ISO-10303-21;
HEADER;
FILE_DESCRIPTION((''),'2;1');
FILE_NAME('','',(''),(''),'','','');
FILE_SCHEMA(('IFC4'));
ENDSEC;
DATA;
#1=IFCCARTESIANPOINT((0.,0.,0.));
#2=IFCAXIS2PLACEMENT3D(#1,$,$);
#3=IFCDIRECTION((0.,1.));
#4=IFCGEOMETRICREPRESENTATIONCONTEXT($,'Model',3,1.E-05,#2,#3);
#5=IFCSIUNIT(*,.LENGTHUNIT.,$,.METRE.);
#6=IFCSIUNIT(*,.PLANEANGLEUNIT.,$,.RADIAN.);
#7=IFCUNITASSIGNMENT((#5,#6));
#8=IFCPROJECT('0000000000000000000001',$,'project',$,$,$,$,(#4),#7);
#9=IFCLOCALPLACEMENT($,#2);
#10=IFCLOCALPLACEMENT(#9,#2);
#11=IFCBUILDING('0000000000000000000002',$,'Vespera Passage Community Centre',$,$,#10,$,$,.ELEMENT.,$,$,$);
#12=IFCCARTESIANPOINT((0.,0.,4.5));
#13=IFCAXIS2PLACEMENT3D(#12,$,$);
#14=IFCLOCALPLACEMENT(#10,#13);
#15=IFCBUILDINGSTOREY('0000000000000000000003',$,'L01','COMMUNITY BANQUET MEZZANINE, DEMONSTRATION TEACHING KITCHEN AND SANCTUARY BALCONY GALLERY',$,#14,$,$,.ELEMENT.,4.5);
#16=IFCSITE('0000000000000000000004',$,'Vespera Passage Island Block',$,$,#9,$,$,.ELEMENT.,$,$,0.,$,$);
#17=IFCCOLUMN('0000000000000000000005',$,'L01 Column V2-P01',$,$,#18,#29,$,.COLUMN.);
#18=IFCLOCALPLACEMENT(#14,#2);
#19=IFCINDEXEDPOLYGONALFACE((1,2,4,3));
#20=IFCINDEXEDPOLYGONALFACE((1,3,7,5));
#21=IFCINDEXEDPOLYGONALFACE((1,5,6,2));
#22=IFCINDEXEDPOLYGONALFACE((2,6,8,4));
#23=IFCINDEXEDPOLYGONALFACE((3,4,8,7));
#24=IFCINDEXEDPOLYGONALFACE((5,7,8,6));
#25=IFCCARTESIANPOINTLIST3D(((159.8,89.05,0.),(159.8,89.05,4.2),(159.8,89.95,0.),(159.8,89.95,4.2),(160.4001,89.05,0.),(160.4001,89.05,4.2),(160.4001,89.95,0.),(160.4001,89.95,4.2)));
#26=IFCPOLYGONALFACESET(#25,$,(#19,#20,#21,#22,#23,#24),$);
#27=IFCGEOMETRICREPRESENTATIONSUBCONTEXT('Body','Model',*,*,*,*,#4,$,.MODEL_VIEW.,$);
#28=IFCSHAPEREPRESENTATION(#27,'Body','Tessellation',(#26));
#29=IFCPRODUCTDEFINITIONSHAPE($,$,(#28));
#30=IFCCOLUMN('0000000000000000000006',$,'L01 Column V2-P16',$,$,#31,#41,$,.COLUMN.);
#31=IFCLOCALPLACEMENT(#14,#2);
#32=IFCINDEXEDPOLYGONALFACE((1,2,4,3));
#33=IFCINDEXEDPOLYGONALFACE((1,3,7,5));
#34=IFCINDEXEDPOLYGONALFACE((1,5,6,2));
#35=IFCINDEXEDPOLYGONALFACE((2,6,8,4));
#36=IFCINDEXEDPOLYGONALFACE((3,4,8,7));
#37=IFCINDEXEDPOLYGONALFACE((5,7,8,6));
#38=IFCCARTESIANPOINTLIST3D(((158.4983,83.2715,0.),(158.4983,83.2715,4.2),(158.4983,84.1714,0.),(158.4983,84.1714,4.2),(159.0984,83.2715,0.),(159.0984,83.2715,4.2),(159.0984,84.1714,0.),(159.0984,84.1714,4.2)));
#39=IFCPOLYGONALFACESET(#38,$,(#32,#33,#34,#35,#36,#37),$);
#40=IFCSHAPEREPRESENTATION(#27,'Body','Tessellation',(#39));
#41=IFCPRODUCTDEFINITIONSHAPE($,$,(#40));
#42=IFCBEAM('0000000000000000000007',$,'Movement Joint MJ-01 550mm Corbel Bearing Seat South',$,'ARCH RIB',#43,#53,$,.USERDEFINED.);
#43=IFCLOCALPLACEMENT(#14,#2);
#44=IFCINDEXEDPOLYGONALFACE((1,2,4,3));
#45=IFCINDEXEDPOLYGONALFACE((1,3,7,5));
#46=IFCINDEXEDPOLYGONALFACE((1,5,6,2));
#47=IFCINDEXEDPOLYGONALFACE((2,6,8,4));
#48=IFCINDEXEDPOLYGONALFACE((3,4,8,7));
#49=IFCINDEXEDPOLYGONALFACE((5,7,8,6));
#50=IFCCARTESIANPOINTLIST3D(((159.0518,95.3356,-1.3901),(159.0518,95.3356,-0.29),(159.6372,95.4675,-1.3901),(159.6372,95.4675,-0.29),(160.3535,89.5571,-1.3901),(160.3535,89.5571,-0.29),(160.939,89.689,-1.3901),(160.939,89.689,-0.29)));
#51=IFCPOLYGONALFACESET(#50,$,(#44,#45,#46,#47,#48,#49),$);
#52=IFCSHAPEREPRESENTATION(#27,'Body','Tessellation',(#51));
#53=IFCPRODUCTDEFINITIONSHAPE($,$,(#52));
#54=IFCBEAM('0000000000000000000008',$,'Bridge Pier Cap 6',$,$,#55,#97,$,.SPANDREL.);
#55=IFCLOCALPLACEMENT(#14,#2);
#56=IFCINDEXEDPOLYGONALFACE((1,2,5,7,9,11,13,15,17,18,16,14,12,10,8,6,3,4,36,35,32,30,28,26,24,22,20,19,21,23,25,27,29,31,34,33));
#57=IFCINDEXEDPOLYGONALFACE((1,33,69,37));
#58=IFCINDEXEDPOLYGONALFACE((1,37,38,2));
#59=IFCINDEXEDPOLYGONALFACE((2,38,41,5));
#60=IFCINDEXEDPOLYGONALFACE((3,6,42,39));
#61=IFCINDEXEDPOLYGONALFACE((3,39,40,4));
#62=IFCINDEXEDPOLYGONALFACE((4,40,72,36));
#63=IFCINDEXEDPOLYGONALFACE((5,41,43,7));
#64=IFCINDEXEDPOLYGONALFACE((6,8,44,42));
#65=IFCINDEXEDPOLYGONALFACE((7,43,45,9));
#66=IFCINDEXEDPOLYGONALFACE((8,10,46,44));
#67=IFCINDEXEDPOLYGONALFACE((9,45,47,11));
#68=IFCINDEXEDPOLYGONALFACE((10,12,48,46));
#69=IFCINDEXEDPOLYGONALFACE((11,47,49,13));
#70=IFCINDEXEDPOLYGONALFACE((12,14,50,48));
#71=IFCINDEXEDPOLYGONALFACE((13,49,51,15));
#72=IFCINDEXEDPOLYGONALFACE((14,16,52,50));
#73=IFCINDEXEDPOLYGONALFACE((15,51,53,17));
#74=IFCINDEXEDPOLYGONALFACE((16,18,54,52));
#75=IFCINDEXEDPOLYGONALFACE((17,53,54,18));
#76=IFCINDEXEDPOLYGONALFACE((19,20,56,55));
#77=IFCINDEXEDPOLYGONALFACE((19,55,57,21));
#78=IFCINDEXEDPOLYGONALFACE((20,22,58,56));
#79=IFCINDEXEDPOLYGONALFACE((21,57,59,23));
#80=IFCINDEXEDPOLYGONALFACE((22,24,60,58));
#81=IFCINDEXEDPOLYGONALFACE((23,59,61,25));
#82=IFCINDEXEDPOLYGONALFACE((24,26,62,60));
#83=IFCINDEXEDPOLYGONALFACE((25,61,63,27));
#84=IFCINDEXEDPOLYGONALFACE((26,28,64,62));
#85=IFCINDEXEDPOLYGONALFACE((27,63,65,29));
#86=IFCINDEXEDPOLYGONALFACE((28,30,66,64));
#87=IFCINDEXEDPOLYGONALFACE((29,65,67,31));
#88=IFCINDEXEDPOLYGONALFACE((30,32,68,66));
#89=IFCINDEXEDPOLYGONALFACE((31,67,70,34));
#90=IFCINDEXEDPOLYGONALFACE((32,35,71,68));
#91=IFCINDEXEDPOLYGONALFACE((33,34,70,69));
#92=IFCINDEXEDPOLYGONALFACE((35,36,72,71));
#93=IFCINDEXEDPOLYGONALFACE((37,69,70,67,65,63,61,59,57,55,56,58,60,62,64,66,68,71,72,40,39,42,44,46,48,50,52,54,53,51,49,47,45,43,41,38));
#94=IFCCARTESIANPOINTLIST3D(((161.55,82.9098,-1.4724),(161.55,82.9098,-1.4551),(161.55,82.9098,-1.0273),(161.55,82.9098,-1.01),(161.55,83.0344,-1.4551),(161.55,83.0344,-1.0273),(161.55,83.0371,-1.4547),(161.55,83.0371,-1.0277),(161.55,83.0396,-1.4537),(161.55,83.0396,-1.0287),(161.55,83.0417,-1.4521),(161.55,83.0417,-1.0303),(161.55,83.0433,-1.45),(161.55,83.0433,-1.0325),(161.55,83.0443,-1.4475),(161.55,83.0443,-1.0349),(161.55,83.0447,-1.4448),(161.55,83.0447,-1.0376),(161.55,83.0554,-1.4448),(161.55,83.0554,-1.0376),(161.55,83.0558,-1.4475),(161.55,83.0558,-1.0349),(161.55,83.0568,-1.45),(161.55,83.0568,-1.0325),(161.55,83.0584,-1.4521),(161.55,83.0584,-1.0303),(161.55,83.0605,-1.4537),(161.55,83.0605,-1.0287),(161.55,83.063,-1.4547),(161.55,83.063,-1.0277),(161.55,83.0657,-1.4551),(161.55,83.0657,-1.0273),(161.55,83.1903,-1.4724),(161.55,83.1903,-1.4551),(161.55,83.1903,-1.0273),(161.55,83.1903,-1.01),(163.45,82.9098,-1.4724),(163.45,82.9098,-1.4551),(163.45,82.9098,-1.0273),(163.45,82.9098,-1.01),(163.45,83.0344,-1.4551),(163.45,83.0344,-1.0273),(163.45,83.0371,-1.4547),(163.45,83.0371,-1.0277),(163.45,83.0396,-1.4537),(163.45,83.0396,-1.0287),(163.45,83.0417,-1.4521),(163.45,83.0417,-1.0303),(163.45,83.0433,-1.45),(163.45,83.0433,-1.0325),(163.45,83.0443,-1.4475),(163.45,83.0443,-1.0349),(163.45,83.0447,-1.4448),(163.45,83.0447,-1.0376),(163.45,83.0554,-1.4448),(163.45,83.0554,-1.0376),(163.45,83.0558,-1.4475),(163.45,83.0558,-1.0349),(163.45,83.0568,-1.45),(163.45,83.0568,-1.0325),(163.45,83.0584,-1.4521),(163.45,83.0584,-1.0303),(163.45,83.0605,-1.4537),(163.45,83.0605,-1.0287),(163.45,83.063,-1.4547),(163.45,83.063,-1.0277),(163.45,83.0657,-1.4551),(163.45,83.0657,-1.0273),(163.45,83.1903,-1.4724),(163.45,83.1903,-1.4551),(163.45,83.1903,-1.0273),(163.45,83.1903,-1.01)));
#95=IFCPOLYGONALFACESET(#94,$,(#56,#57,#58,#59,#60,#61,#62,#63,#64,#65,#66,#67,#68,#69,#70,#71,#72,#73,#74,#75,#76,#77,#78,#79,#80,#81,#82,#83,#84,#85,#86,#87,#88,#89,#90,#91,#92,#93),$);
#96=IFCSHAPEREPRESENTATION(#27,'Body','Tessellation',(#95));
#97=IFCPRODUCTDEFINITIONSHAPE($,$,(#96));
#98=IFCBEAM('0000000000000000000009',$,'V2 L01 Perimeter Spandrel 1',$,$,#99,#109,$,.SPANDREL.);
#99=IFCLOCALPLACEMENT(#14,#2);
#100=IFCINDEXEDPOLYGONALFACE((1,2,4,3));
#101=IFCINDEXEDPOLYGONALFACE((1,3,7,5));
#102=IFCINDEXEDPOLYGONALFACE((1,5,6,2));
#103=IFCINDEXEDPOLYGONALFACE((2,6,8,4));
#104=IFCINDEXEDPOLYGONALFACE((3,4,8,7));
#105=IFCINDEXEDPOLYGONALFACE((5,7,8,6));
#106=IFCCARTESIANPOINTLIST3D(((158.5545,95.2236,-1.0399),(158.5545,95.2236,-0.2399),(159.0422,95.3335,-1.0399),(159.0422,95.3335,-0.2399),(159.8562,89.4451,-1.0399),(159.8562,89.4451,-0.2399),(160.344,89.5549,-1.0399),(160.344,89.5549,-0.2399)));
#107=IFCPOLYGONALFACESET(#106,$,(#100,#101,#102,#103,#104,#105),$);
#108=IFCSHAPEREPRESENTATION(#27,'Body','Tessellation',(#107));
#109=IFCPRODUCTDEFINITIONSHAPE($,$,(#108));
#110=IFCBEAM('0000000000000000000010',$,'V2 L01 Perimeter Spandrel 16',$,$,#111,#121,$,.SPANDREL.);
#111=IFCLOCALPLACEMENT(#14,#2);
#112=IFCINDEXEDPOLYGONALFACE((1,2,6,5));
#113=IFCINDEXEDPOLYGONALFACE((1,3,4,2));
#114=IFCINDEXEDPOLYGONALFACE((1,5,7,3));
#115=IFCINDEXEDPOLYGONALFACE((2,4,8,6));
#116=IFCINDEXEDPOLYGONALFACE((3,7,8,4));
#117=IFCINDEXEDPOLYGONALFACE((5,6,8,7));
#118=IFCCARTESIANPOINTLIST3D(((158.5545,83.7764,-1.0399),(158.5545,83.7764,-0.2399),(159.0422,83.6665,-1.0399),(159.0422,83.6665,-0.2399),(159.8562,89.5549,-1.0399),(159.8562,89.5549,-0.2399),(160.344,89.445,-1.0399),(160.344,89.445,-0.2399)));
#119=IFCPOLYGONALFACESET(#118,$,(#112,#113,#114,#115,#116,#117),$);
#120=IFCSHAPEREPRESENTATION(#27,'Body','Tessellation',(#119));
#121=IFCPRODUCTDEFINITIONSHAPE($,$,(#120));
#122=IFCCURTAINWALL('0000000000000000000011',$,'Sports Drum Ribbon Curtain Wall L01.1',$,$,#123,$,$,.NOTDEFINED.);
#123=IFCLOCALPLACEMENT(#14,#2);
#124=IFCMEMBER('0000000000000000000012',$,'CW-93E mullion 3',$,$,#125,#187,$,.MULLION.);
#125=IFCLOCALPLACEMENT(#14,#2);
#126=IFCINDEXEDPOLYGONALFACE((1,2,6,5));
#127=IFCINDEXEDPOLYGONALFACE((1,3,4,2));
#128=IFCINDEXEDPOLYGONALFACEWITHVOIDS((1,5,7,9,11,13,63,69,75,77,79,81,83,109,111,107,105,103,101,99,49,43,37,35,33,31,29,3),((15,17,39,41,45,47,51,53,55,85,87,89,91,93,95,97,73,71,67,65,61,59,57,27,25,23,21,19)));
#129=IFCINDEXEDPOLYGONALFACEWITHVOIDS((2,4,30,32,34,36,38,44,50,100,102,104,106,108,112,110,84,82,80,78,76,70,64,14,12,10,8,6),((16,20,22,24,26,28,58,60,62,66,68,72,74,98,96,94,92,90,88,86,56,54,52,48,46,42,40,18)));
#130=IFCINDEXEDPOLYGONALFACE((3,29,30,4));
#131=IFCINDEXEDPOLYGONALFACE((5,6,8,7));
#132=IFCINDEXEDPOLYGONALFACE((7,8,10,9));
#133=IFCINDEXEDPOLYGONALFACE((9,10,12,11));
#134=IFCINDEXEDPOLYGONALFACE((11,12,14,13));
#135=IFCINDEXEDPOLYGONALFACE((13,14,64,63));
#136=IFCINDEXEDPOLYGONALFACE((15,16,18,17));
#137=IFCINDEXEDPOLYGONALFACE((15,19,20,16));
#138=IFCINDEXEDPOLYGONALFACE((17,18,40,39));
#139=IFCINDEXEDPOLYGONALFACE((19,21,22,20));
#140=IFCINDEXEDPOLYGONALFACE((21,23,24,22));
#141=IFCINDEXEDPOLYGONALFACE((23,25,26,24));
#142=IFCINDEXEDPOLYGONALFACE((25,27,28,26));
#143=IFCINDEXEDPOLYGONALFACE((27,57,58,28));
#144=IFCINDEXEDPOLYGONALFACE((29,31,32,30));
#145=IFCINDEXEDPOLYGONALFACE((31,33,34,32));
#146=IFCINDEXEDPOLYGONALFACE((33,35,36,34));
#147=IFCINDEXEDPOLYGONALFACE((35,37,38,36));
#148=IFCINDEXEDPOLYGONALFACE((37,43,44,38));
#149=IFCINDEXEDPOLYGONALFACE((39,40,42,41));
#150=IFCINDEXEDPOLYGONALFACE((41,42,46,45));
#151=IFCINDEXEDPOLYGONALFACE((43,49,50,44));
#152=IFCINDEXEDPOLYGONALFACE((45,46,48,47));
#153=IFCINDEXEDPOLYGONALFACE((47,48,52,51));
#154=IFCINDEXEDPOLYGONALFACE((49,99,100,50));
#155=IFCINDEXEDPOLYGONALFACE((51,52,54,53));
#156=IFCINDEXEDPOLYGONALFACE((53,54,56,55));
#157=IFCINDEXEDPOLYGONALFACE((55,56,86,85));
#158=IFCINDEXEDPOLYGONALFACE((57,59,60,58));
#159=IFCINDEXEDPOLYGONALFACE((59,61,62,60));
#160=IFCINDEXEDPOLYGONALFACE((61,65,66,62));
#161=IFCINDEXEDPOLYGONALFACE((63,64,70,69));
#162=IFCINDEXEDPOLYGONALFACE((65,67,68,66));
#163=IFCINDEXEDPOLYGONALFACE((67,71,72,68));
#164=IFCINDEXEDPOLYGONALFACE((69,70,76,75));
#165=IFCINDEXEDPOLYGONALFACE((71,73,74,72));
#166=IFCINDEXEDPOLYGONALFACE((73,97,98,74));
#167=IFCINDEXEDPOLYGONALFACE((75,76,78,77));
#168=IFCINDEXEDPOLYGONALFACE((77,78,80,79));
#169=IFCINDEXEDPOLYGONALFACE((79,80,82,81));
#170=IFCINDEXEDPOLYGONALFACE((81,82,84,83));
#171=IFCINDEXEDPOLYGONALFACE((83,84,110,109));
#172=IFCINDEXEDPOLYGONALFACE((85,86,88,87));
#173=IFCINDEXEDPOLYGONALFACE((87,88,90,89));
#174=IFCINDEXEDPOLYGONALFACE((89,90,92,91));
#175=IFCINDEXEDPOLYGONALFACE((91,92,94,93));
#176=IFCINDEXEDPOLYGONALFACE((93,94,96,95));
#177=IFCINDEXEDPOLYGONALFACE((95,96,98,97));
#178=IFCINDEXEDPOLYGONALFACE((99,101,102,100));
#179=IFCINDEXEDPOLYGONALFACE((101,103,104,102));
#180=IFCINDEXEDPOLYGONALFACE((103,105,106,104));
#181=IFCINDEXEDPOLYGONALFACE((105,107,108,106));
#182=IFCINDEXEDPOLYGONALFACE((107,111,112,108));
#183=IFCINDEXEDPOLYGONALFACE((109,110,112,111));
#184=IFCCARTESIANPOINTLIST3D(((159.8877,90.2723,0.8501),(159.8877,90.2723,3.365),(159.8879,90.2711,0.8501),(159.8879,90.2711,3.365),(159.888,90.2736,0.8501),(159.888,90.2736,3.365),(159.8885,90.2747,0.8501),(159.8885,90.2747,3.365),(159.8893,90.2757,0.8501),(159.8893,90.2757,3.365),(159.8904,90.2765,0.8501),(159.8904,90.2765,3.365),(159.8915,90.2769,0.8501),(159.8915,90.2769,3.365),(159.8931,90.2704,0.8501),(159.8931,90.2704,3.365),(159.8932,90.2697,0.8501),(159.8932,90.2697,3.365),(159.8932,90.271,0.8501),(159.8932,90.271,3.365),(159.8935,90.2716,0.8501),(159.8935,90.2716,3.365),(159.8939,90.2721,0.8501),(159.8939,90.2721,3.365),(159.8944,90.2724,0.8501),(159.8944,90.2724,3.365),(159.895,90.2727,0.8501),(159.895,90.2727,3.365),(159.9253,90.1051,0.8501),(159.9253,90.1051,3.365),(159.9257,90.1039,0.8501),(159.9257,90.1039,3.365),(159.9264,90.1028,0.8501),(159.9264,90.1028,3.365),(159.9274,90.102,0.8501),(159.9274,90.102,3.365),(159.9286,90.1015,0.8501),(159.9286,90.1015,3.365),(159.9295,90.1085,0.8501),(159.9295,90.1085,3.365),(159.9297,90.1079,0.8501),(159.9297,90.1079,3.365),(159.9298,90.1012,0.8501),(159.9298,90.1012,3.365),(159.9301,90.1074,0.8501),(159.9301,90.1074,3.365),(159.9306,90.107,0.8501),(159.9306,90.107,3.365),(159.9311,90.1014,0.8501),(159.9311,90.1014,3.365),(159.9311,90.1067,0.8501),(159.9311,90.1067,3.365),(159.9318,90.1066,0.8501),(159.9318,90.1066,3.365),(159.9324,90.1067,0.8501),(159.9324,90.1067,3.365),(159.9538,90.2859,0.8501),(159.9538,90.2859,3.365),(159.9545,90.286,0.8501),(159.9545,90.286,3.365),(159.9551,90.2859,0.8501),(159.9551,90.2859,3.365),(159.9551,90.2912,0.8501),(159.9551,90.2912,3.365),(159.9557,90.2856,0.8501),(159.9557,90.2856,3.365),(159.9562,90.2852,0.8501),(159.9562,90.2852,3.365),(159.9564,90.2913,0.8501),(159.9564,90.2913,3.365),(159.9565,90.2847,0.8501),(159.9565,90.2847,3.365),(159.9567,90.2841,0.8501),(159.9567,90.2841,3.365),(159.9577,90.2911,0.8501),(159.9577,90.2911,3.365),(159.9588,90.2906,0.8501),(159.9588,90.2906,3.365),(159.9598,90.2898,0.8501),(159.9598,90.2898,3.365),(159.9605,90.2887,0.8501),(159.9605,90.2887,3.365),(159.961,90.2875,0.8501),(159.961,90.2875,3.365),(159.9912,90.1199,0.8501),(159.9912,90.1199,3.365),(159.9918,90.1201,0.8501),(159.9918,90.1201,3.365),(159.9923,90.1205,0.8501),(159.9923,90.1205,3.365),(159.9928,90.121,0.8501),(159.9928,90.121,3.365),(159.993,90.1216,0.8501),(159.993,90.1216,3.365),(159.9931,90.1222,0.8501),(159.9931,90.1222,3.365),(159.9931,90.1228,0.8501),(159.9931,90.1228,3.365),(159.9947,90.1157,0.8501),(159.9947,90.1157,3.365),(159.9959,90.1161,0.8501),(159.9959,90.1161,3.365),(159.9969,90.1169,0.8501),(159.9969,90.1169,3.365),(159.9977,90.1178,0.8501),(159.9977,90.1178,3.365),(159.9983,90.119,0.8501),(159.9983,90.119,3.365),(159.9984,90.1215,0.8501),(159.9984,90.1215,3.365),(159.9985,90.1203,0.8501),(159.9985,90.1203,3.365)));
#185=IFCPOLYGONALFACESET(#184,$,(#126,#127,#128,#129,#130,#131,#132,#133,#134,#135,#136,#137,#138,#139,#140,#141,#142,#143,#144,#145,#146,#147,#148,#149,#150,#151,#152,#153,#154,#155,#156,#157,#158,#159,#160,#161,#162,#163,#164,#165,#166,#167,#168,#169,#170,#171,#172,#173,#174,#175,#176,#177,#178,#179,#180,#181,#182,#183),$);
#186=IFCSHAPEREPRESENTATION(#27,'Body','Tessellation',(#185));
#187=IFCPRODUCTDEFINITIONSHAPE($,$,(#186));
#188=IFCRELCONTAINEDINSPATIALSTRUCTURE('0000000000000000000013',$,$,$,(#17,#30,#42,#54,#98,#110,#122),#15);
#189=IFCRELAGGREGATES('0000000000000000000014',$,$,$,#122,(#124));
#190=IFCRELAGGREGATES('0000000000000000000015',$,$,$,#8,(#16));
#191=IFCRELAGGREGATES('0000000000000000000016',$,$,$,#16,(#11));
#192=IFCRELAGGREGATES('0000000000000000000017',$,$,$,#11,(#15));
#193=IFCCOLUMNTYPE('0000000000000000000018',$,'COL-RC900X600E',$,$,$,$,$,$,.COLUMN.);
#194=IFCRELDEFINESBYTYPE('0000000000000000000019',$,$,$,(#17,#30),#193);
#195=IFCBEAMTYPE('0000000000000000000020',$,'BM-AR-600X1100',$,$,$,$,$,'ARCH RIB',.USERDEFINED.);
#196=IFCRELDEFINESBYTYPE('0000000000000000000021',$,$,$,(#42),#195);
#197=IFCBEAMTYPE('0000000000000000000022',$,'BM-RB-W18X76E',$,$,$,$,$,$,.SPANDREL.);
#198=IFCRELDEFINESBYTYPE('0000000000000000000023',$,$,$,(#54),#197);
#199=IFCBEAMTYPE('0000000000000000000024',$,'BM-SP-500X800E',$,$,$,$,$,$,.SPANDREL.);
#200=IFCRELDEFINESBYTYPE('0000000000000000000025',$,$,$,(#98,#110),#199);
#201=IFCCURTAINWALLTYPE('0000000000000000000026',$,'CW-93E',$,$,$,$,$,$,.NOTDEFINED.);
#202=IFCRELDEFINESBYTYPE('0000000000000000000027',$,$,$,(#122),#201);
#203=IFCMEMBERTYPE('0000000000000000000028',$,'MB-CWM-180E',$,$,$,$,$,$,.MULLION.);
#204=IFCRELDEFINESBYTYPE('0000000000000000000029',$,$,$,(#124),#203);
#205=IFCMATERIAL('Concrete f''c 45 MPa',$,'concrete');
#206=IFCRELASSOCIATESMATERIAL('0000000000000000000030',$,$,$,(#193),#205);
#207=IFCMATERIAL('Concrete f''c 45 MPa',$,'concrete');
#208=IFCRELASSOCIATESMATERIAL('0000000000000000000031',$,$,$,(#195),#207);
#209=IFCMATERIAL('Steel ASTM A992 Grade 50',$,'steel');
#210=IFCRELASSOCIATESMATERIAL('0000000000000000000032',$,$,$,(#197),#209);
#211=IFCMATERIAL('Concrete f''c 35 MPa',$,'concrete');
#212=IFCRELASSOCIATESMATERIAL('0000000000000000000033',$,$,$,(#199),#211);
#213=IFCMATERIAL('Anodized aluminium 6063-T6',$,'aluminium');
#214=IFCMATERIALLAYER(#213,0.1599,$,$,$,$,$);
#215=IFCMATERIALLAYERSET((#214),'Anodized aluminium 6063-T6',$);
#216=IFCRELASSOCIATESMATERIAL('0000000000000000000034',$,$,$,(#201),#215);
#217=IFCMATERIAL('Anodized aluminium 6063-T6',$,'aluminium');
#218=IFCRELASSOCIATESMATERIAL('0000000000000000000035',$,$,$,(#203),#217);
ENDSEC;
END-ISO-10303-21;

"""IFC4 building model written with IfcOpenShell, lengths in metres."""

from ifc_helpers import new_model, si_unit, direction, frame, origin, origin_2d, place, context, subcontext, project, spatial, rectangle, hollow_rectangle, i_section, extrude, material, layer, layer_set, material_profile, profile_set, type_object, element, aggregate, save


model = new_model("IFC4")

# Units and contexts
model_context = context("Model", 3, precision=1e-05, world=origin(), true_north=direction((0.0, 1.0)))
body_context = subcontext(model_context, "Body", "Model", "MODEL_VIEW")
ifc_project = project(units=[si_unit("LENGTHUNIT", "METRE"), si_unit("PLANEANGLEUNIT", "RADIAN")], contexts=[model_context])

# Site, building, storey
site_placement = place(None, origin())
site = spatial("IfcSite", under=ifc_project, at=site_placement, Name="Vespera Passage Island Block", CompositionType="ELEMENT", RefElevation=0.0)
building_placement = place(site_placement, origin())
building = spatial("IfcBuilding", under=site, at=building_placement, Name="Vespera Passage Community Centre", CompositionType="ELEMENT")
storey_placement = place(building_placement, frame((0.0, 0.0, 4.5)))
storey = spatial("IfcBuildingStorey", under=building, at=storey_placement, Name="L01", Description="COMMUNITY BANQUET MEZZANINE, DEMONSTRATION TEACHING KITCHEN AND SANCTUARY BALCONY GALLERY", CompositionType="ELEMENT", Elevation=4.5)

# Columns
ifc_material_1 = material(Name="Concrete f'c 45 MPa", Category="concrete")
ifc_material_profile_1 = material_profile(ifc_material_1, rectangle(XDim=0.6001, YDim=0.8999, at=origin_2d()), Name="RC900X600")
ifc_profile_set_1 = profile_set([ifc_material_profile_1], Name="Concrete f'c 45 MPa")
column_type = type_object("IfcColumnType", Name="COL-RC900X600E", PredefinedType="COLUMN", material=ifc_profile_set_1)
for number, where, z_axis, x_axis, name in (
    (1, (160.1001, 89.5, 0.0), (0.0, 0.0, 1.0), (1.0, 0.0, 0.0), "L01 Column V2-P01"),
    (2, (158.7983, 83.7214, 0.0), (0.0, 0.0, 1.0), (1.0, 0.0, 0.0), "L01 Column V2-P16"),
):
    element("IfcColumn", number, at=place(storey_placement, frame(where, z_axis=z_axis, x_axis=x_axis)), inside=storey, type_object=column_type, Name=name, PredefinedType="COLUMN", context=body_context, shape_type="SweptSolid", body=[
        extrude(rectangle(XDim=0.6001, YDim=0.8999, at=origin_2d()), origin(), (0.0, 0.0, 1.0), 4.2),
    ])

# Beams
ifc_material_2 = material(Name="Concrete f'c 45 MPa", Category="concrete")
ifc_material_profile_2 = material_profile(ifc_material_2, rectangle(XDim=0.6001, YDim=1.1001, at=origin_2d()), Name="RC600X1100")
ifc_profile_set_2 = profile_set([ifc_material_profile_2], Name="Concrete f'c 45 MPa")
beam_type_1 = type_object("IfcBeamType", Name="BM-AR-600X1100", ElementType="ARCH RIB", PredefinedType="USERDEFINED", material=ifc_profile_set_2)
beam_1_placement = place(storey_placement, frame((160.6462, 89.623, -0.8401), z_axis=(-0.219766, 0.975553, 0.0), x_axis=(-0.975553, -0.219766, 0.0)))
element("IfcBeam", 3, at=beam_1_placement, inside=storey, type_object=beam_type_1, Name="Movement Joint MJ-01 550mm Corbel Bearing Seat South", ObjectType="ARCH RIB", PredefinedType="USERDEFINED", context=body_context, shape_type="SweptSolid", body=[
    extrude(rectangle(XDim=0.6001, YDim=1.1001, at=origin_2d()), origin(), (0.0, 0.0, 1.0), 5.9233),
])
ifc_material_3 = material(Name="Steel ASTM A992 Grade 50", Category="steel")
ifc_material_profile_3 = material_profile(ifc_material_3, i_section(OverallWidth=0.2805, OverallDepth=0.4624, WebThickness=0.0107, FlangeThickness=0.0173, FilletRadius=0.0103, at=origin_2d()), Name="W18X76")
ifc_profile_set_3 = profile_set([ifc_material_profile_3], Name="Steel ASTM A992 Grade 50")
beam_type_2 = type_object("IfcBeamType", Name="BM-RB-W18X76E", PredefinedType="SPANDREL", material=ifc_profile_set_3)
beam_2_placement = place(storey_placement, frame((161.55, 83.05, -1.2412), z_axis=(1.0, 0.0, 0.0), x_axis=(0.0, 1.0, 0.0)))
element("IfcBeam", 4, at=beam_2_placement, inside=storey, type_object=beam_type_2, Name="Bridge Pier Cap 6", PredefinedType="SPANDREL", context=body_context, shape_type="SweptSolid", body=[
    extrude(i_section(OverallWidth=0.2805, OverallDepth=0.4624, WebThickness=0.0107, FlangeThickness=0.0173, FilletRadius=0.0103, at=origin_2d()), origin(), (0.0, 0.0, 1.0), 1.8999),
])
ifc_material_4 = material(Name="Concrete f'c 35 MPa", Category="concrete")
ifc_material_profile_4 = material_profile(ifc_material_4, rectangle(XDim=0.5, YDim=0.8, at=origin_2d()), Name="RC500X800")
ifc_profile_set_4 = profile_set([ifc_material_profile_4], Name="Concrete f'c 35 MPa")
beam_type_3 = type_object("IfcBeamType", Name="BM-SP-500X800E", PredefinedType="SPANDREL", material=ifc_profile_set_4)
for number, where, z_axis, x_axis, name in (
    (5, (160.1001, 89.5, -0.6399), (-0.219766, 0.975553, 0.0), (-0.975553, -0.219766, 0.0), "V2 L01 Perimeter Spandrel 1"),
    (6, (158.7983, 83.7214, -0.6399), (0.219766, 0.975553, 0.0), (-0.975553, 0.219766, 0.0), "V2 L01 Perimeter Spandrel 16"),
):
    element("IfcBeam", number, at=place(storey_placement, frame(where, z_axis=z_axis, x_axis=x_axis)), inside=storey, type_object=beam_type_3, Name=name, PredefinedType="SPANDREL", context=body_context, shape_type="SweptSolid", body=[
        extrude(rectangle(XDim=0.5, YDim=0.8, at=origin_2d()), origin(), (0.0, 0.0, 1.0), 5.9233),
    ])

# Curtain wall, member
ifc_material_5 = material(Name="Anodized aluminium 6063-T6", Category="aluminium")
ifc_layer_1 = layer(ifc_material_5, 0.1599)
ifc_layer_set_1 = layer_set([ifc_layer_1], Name="Anodized aluminium 6063-T6")
curtain_wall_type_1 = type_object("IfcCurtainWallType", Name="CW-93E", PredefinedType="NOTDEFINED", material=ifc_layer_set_1)
curtain_wall_1_placement = place(storey_placement, origin())
curtain_wall_1 = element("IfcCurtainWall", 7, at=curtain_wall_1_placement, inside=storey, type_object=curtain_wall_type_1, Name="Sports Drum Ribbon Curtain Wall L01.1", PredefinedType="NOTDEFINED")
ifc_material_6 = material(Name="Anodized aluminium 6063-T6", Category="aluminium")
ifc_material_profile_5 = material_profile(ifc_material_6, hollow_rectangle(XDim=0.075, YDim=0.1799, WallThickness=0.0049, InnerFilletRadius=0.0024, OuterFilletRadius=0.0049, at=origin_2d()), Name="ALU180X75X5")
ifc_profile_set_5 = profile_set([ifc_material_profile_5], Name="Anodized aluminium 6063-T6")
member_type_1 = type_object("IfcMemberType", Name="MB-CWM-180E", PredefinedType="MULLION", material=ifc_profile_set_5)
member_1_placement = place(storey_placement, frame((159.9431, 90.1963, 0.8501), z_axis=(0.0, 0.0, 1.0), x_axis=(0.975553, 0.219763, 0.0)))
member_1 = element("IfcMember", 8, at=member_1_placement, type_object=member_type_1, Name="CW-93E mullion 3", PredefinedType="MULLION", context=body_context, shape_type="SweptSolid", body=[
    extrude(hollow_rectangle(XDim=0.075, YDim=0.1799, WallThickness=0.0049, InnerFilletRadius=0.0024, OuterFilletRadius=0.0049, at=origin_2d()), origin(), (0.0, 0.0, 1.0), 2.5149),
])

aggregate(curtain_wall_1, [member_1])

save(model, "model.ifc")
